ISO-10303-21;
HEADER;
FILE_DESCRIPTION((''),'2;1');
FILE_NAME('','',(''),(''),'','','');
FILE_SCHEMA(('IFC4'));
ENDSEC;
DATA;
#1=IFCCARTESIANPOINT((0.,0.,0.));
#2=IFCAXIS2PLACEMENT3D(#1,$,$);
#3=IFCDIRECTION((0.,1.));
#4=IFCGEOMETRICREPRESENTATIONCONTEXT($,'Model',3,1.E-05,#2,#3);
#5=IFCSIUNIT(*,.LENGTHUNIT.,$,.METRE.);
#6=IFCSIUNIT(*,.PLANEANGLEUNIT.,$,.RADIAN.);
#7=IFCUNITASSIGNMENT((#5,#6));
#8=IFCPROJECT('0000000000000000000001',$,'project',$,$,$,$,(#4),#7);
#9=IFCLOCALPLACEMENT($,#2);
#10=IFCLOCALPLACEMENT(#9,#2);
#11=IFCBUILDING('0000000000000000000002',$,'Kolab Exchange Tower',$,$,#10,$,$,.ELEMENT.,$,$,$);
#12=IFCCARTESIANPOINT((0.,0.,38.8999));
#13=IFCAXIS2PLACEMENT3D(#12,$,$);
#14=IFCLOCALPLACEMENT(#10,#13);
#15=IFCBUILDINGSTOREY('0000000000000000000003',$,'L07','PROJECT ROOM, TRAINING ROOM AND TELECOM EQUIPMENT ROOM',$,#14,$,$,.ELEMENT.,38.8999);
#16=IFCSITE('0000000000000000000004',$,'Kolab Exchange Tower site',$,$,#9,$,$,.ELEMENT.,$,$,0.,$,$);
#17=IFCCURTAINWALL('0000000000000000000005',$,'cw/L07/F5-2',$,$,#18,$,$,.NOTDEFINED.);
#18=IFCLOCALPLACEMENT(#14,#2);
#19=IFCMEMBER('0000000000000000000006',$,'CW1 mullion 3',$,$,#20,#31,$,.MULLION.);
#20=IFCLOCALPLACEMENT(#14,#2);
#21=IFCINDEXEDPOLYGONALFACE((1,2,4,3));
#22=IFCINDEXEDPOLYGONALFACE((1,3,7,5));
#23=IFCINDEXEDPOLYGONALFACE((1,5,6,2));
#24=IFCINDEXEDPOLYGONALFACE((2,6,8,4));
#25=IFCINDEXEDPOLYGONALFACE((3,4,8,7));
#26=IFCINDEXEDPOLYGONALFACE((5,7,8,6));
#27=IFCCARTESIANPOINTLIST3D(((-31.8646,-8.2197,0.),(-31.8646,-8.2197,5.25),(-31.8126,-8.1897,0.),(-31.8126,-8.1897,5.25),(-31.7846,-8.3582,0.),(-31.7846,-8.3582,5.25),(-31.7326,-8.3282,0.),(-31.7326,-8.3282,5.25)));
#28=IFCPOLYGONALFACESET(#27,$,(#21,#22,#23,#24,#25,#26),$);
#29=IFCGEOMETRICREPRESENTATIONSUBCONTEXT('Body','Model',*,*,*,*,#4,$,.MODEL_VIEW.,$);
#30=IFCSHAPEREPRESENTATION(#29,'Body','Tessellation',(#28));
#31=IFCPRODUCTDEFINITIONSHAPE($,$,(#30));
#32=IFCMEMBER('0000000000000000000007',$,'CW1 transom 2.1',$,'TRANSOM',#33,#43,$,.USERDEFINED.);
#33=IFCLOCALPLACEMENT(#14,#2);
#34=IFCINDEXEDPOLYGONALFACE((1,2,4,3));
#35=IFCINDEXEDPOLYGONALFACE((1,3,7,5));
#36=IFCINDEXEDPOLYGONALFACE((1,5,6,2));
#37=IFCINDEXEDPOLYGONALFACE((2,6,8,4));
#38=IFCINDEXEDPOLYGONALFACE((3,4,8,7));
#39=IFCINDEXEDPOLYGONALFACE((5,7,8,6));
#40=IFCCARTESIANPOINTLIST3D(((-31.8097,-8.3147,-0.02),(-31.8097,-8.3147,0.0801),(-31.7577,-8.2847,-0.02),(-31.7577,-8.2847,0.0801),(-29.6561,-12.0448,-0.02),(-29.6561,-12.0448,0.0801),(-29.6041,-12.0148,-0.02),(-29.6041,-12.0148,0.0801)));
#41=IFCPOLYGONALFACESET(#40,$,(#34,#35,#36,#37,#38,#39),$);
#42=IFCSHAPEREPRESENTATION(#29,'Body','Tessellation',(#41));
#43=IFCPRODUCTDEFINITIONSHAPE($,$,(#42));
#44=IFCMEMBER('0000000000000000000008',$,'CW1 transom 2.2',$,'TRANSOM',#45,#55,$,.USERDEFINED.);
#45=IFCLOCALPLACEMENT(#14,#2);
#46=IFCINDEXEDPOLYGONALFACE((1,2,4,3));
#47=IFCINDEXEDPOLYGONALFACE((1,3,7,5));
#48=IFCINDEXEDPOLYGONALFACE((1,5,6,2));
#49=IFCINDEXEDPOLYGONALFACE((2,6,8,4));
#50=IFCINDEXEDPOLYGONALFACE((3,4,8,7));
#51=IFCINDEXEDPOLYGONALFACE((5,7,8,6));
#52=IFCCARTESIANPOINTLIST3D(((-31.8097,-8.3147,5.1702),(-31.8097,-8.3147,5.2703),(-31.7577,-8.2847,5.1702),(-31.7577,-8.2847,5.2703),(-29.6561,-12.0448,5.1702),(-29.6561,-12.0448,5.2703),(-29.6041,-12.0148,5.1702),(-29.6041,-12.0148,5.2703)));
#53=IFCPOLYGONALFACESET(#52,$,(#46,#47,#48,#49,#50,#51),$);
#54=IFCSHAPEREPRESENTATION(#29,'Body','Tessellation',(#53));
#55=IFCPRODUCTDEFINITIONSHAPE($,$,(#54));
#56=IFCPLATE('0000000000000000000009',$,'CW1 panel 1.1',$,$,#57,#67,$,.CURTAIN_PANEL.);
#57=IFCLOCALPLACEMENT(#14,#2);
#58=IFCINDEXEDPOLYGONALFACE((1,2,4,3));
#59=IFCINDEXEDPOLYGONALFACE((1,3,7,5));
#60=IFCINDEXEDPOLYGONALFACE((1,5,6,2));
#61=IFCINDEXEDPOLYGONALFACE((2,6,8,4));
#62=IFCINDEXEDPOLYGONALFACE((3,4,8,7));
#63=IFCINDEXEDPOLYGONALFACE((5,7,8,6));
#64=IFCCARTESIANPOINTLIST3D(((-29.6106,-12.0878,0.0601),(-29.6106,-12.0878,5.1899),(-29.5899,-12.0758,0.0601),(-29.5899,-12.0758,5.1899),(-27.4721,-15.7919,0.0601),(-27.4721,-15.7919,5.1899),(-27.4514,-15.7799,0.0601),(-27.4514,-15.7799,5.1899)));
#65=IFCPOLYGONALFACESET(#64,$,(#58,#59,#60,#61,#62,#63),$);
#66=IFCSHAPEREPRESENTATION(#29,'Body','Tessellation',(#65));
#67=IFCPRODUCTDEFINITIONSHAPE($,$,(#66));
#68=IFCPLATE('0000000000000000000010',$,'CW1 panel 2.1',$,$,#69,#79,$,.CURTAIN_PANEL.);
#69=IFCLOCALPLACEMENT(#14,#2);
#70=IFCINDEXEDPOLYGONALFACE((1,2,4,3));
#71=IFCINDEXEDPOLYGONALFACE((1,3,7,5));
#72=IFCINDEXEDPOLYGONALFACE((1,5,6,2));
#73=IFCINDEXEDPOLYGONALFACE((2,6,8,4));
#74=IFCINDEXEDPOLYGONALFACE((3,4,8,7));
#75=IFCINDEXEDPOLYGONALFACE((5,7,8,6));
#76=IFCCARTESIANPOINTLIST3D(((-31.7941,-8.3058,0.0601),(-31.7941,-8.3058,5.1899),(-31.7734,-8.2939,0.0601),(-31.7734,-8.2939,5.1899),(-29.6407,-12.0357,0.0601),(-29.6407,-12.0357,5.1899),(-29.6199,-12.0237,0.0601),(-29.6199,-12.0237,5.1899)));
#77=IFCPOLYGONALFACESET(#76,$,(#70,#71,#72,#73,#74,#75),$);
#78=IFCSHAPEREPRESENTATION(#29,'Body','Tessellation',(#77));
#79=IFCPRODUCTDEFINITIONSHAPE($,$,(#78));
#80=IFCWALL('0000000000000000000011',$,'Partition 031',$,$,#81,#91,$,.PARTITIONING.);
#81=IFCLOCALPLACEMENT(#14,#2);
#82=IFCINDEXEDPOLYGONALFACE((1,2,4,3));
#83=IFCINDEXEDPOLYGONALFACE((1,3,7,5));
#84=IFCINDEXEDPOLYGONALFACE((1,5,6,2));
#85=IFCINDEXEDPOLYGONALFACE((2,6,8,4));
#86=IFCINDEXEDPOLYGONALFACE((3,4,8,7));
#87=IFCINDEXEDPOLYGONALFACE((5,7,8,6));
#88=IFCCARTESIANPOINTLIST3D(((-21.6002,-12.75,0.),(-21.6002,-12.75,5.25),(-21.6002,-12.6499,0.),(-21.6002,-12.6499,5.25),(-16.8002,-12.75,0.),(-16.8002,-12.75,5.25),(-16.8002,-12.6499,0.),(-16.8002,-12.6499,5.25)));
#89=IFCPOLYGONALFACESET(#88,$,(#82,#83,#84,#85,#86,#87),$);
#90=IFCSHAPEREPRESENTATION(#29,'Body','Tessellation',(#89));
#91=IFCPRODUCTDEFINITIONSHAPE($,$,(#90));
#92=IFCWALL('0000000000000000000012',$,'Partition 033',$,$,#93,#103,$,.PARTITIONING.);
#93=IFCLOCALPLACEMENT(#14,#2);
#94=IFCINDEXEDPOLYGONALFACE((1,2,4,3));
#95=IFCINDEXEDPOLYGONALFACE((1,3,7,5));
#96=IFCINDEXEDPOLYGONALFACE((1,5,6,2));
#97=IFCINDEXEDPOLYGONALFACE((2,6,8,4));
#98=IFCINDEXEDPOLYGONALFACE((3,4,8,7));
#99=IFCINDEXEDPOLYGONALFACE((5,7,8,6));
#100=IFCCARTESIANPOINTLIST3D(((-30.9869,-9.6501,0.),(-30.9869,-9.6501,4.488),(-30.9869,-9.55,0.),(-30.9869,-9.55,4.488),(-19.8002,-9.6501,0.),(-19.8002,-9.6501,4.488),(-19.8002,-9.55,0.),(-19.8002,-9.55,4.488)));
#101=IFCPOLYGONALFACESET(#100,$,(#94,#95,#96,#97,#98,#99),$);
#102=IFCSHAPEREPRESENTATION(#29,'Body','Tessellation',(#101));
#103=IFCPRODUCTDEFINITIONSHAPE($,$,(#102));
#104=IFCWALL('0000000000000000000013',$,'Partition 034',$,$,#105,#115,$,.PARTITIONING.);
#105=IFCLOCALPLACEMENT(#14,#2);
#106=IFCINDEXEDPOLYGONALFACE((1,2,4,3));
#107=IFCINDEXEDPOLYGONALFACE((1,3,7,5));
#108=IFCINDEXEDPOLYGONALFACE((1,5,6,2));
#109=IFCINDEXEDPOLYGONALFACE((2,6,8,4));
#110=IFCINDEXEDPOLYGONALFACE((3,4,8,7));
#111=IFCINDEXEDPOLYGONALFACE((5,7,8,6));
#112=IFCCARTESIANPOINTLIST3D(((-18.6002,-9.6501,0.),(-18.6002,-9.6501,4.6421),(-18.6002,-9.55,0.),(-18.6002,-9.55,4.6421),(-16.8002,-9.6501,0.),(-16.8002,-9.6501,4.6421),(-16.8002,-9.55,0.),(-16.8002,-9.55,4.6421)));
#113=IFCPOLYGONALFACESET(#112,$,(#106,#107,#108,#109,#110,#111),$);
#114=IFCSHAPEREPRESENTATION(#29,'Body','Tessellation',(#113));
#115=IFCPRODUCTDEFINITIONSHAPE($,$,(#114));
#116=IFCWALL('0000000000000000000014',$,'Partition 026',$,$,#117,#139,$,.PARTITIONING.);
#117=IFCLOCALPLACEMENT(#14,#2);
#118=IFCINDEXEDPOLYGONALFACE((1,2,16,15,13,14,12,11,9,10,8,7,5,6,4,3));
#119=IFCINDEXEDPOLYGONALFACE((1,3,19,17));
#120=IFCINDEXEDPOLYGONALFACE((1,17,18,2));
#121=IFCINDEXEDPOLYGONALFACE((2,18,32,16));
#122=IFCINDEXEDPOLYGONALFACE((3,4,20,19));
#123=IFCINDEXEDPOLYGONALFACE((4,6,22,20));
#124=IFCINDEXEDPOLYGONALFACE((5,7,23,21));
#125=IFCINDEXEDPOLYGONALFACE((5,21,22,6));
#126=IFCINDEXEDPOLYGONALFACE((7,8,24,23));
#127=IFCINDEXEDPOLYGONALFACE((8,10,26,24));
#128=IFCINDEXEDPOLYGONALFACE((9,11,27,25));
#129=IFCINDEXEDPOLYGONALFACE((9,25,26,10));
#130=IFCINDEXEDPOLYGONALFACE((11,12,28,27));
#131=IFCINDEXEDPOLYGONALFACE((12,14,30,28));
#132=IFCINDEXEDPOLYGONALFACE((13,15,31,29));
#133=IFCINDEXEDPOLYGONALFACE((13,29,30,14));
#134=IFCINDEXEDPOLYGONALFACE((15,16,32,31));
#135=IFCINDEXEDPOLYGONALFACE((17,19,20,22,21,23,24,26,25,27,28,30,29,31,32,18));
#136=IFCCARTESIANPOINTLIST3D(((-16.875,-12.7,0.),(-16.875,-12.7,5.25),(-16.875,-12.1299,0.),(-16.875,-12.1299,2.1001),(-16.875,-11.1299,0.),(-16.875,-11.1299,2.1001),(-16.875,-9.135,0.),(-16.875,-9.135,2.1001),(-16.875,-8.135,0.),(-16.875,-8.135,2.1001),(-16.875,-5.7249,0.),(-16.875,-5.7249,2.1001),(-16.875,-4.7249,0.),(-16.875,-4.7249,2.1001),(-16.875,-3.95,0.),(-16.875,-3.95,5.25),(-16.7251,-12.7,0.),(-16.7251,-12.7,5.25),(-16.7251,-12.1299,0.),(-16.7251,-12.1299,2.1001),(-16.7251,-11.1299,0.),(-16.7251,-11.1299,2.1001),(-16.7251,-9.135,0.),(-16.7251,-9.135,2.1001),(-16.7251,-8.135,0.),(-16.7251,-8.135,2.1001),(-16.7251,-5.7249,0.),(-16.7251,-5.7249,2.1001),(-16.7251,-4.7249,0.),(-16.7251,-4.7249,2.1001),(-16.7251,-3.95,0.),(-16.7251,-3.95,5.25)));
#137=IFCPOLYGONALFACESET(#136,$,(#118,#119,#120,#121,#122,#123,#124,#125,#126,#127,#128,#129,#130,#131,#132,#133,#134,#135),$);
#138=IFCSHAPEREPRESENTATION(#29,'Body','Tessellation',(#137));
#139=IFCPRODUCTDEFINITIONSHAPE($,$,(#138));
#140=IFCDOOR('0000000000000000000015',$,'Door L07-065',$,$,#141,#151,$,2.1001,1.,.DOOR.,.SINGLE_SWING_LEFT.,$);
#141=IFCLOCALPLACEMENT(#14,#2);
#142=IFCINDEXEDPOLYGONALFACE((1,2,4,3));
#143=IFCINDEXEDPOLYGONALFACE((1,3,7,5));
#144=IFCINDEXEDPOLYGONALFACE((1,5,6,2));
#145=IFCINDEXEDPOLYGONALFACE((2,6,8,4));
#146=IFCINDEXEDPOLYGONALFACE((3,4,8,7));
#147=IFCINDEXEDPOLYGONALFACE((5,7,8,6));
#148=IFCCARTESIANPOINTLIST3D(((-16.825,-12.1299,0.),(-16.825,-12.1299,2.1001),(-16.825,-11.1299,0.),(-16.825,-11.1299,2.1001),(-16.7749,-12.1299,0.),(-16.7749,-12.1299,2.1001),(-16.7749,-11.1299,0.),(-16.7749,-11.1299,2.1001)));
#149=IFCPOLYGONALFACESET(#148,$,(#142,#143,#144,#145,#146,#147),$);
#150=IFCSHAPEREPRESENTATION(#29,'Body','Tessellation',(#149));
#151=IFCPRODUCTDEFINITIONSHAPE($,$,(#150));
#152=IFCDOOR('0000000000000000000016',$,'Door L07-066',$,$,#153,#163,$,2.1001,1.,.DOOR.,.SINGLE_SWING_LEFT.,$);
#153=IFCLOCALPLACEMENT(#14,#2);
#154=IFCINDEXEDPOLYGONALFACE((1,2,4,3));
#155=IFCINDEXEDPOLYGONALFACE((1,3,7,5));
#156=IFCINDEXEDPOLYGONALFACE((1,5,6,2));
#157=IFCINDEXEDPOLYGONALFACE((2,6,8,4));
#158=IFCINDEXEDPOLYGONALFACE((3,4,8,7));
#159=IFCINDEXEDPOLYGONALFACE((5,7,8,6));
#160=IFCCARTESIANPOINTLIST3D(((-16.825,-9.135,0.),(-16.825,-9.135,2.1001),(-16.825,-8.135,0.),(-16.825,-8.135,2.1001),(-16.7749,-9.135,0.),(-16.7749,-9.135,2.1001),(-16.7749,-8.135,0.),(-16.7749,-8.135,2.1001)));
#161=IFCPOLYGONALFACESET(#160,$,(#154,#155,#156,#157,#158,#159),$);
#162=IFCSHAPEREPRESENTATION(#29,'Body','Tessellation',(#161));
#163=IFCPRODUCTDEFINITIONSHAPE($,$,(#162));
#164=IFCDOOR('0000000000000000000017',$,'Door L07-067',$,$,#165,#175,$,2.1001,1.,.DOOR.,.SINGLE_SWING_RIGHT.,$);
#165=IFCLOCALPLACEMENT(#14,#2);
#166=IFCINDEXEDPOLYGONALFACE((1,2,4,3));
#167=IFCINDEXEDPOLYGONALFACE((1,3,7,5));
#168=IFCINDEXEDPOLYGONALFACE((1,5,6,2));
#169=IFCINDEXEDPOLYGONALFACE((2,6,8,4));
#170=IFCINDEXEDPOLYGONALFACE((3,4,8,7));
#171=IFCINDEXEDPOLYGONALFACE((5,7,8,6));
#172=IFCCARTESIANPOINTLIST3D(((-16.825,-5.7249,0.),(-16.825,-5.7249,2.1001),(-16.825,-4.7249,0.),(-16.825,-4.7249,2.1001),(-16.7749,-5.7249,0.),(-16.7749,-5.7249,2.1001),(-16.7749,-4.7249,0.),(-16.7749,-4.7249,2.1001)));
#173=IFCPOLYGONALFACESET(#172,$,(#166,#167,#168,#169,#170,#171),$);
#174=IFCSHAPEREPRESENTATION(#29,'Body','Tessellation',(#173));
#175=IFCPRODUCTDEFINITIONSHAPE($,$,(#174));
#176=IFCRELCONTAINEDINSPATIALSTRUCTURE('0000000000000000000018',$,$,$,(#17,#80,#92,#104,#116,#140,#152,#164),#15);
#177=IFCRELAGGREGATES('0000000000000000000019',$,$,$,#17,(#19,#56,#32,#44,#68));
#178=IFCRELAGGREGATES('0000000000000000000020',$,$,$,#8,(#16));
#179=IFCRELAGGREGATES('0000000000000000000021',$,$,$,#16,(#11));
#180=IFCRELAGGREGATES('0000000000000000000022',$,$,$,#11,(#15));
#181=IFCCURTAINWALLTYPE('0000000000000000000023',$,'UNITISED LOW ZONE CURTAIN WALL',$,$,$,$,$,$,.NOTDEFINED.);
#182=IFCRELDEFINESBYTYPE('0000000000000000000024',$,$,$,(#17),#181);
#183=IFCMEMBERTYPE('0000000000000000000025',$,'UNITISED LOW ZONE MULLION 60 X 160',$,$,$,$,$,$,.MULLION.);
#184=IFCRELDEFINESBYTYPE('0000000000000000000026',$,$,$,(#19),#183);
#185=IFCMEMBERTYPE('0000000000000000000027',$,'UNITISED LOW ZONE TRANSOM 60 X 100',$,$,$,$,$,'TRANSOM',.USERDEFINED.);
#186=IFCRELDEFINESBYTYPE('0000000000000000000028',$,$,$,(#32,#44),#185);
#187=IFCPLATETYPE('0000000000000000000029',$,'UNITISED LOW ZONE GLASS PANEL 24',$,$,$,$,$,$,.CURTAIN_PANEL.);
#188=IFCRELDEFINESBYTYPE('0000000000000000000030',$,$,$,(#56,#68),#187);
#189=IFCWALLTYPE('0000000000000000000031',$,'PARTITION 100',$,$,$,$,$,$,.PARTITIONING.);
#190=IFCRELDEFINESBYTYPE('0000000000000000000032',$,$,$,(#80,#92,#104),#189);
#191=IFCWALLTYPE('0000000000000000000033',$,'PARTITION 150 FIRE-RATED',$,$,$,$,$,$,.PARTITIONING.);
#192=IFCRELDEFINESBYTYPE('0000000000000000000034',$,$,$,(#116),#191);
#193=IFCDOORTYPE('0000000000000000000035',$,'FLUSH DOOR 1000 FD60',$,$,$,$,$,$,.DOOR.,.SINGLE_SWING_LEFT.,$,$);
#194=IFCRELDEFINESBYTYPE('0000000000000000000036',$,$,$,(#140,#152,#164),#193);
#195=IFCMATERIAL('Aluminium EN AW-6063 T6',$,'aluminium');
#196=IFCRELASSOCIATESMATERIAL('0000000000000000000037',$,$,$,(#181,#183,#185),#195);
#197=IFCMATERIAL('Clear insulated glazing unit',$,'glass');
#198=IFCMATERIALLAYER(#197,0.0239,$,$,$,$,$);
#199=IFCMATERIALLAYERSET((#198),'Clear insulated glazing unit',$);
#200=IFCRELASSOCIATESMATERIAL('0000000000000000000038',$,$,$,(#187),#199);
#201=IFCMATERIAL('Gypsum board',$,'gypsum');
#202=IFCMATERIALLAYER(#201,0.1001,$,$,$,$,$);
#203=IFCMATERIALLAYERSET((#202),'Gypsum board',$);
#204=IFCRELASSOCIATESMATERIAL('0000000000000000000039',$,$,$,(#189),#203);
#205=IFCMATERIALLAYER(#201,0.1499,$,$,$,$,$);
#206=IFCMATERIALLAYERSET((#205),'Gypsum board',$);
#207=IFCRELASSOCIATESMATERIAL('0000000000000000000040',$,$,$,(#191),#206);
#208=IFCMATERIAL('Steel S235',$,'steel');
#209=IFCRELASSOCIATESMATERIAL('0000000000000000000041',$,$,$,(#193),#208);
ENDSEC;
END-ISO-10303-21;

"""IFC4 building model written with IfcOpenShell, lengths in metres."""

from ifc_helpers import new_model, si_unit, direction, frame, frame_2d, origin, origin_2d, place, context, subcontext, project, spatial, rectangle, extrude, material, layer, layer_set, material_profile, profile_set, type_object, element, fill, aggregate, save


model = new_model("IFC4")

# Units and contexts
model_context = context("Model", 3, precision=1e-05, world=origin(), true_north=direction((0.0, 1.0)))
body_context = subcontext(model_context, "Body", "Model", "MODEL_VIEW")
ifc_project = project(units=[si_unit("LENGTHUNIT", "METRE"), si_unit("PLANEANGLEUNIT", "RADIAN")], contexts=[model_context])

# Site, building, storey
site_placement = place(None, origin())
site = spatial("IfcSite", under=ifc_project, at=site_placement, Name="Kolab Exchange Tower site", CompositionType="ELEMENT", RefElevation=0.0)
building_placement = place(site_placement, origin())
building = spatial("IfcBuilding", under=site, at=building_placement, Name="Kolab Exchange Tower", CompositionType="ELEMENT")
storey_placement = place(building_placement, frame((0.0, 0.0, 38.8999)))
storey = spatial("IfcBuildingStorey", under=building, at=storey_placement, Name="L07", Description="PROJECT ROOM, TRAINING ROOM AND TELECOM EQUIPMENT ROOM", CompositionType="ELEMENT", Elevation=38.8999)

# Curtain wall, members, plates
ifc_material_1 = material(Name="Aluminium EN AW-6063 T6", Category="aluminium")
curtain_wall_type = type_object("IfcCurtainWallType", Name="UNITISED LOW ZONE CURTAIN WALL", PredefinedType="NOTDEFINED", material=ifc_material_1)
curtain_wall_placement = place(storey_placement, origin())
curtain_wall = element("IfcCurtainWall", 1, at=curtain_wall_placement, inside=storey, type_object=curtain_wall_type, Name="cw/L07/F5-2", PredefinedType="NOTDEFINED")
ifc_material_profile_1 = material_profile(ifc_material_1, rectangle(XDim=0.0601, YDim=0.1599, at=origin_2d()), Name="RECT 60X160")
ifc_profile_set_1 = profile_set([ifc_material_profile_1], Name="Aluminium EN AW-6063 T6")
member_type_1 = type_object("IfcMemberType", Name="UNITISED LOW ZONE MULLION 60 X 160", PredefinedType="MULLION", material=ifc_profile_set_1)
member_1_placement = place(storey_placement, frame((-31.7986, -8.2739, 0.0), z_axis=(0.0, 0.0, 1.0), x_axis=(-0.866025, -0.5, 0.0)))
member_1 = element("IfcMember", 2, at=member_1_placement, type_object=member_type_1, Name="CW1 mullion 3", PredefinedType="MULLION", context=body_context, shape_type="SweptSolid", body=[
    extrude(rectangle(XDim=0.0601, YDim=0.1599, at=origin_2d()), origin(), (0.0, 0.0, 1.0), 5.25),
])
ifc_material_profile_2 = material_profile(ifc_material_1, rectangle(XDim=0.0601, YDim=0.1001, at=origin_2d()), Name="RECT 60X100")
ifc_profile_set_2 = profile_set([ifc_material_profile_2], Name="Aluminium EN AW-6063 T6")
member_type_2 = type_object("IfcMemberType", Name="UNITISED LOW ZONE TRANSOM 60 X 100", ElementType="TRANSOM", PredefinedType="USERDEFINED", material=ifc_profile_set_2)
member_2_placement = place(storey_placement, frame((-29.6301, -12.0298, 0.03), z_axis=(-0.50001, 0.866019, 0.0), x_axis=(-0.866019, -0.50001, 0.0)))
member_2 = element("IfcMember", 3, at=member_2_placement, type_object=member_type_2, Name="CW1 transom 2.1", ObjectType="TRANSOM", PredefinedType="USERDEFINED", context=body_context, shape_type="SweptSolid", body=[
    extrude(rectangle(XDim=0.0601, YDim=0.1001, at=origin_2d()), origin(), (0.0, 0.0, 1.0), 4.3071),
])
member_3_placement = place(storey_placement, frame((-29.6301, -12.0298, 5.2202), z_axis=(-0.50001, 0.866019, 0.0), x_axis=(-0.866019, -0.50001, 0.0)))
member_3 = element("IfcMember", 4, at=member_3_placement, type_object=member_type_2, Name="CW1 transom 2.2", ObjectType="TRANSOM", PredefinedType="USERDEFINED", context=body_context, shape_type="SweptSolid", body=[
    extrude(rectangle(XDim=0.0601, YDim=0.1001, at=origin_2d()), origin(), (0.0, 0.0, 1.0), 4.3071),
])
ifc_material_2 = material(Name="Clear insulated glazing unit", Category="glass")
ifc_layer_1 = layer(ifc_material_2, 0.0239)
ifc_layer_set_1 = layer_set([ifc_layer_1], Name="Clear insulated glazing unit")
plate_type = type_object("IfcPlateType", Name="UNITISED LOW ZONE GLASS PANEL 24", PredefinedType="CURTAIN_PANEL", material=ifc_layer_set_1)
plate_1_placement = place(storey_placement, frame((-28.531, -13.9338, 0.0601), z_axis=(0.0, 0.0, 1.0), x_axis=(-0.5, 0.866025, 0.0)))
plate_1 = element("IfcPlate", 5, at=plate_1_placement, type_object=plate_type, Name="CW1 panel 1.1", PredefinedType="CURTAIN_PANEL", context=body_context, shape_type="SweptSolid", body=[
    extrude(rectangle(XDim=4.2771, YDim=0.0239, at=origin_2d()), origin(), (0.0, 0.0, 1.0), 5.1299),
])
plate_2_placement = place(storey_placement, frame((-30.707, -10.1648, 0.0601), z_axis=(0.0, 0.0, 1.0), x_axis=(-0.5, 0.866025, 0.0)))
plate_2 = element("IfcPlate", 6, at=plate_2_placement, type_object=plate_type, Name="CW1 panel 2.1", PredefinedType="CURTAIN_PANEL", context=body_context, shape_type="SweptSolid", body=[
    extrude(rectangle(XDim=4.3069, YDim=0.0239, at=origin_2d()), origin(), (0.0, 0.0, 1.0), 5.1299),
])
aggregate(curtain_wall, [member_1, plate_1, member_2, member_3, plate_2])

# Walls
ifc_material_3 = material(Name="Gypsum board", Category="gypsum")
ifc_layer_2 = layer(ifc_material_3, 0.1001)
ifc_layer_set_2 = layer_set([ifc_layer_2], Name="Gypsum board")
wall_type_1 = type_object("IfcWallType", Name="PARTITION 100", PredefinedType="PARTITIONING", material=ifc_layer_set_2)
wall_1_placement = place(storey_placement, frame((-21.6001, -12.7, 0.0), z_axis=(0.0, 0.0, 1.0), x_axis=(1.0, 0.0, 0.0)))
element("IfcWall", 7, at=wall_1_placement, inside=storey, type_object=wall_type_1, Name="Partition 031", PredefinedType="PARTITIONING", context=body_context, shape_type="SweptSolid", body=[
    extrude(rectangle(XDim=4.8, YDim=0.1001, at=frame_2d((2.3999, 0.0))), origin(), (0.0, 0.0, 1.0), 5.25),
])
wall_2_placement = place(storey_placement, frame((-30.9868, -9.6001, 0.0), z_axis=(0.0, 0.0, 1.0), x_axis=(1.0, 0.0, 0.0)))
element("IfcWall", 8, at=wall_2_placement, inside=storey, type_object=wall_type_1, Name="Partition 033", PredefinedType="PARTITIONING", context=body_context, shape_type="SweptSolid", body=[
    extrude(rectangle(XDim=11.1868, YDim=0.1001, at=frame_2d((5.5933, 0.0))), origin(), (0.0, 0.0, 1.0), 4.488),
])
wall_3_placement = place(storey_placement, frame((-18.6001, -9.6001, 0.0), z_axis=(0.0, 0.0, 1.0), x_axis=(1.0, 0.0, 0.0)))
element("IfcWall", 9, at=wall_3_placement, inside=storey, type_object=wall_type_1, Name="Partition 034", PredefinedType="PARTITIONING", context=body_context, shape_type="SweptSolid", body=[
    extrude(rectangle(XDim=1.8, YDim=0.1001, at=frame_2d((0.8999, 0.0))), origin(), (0.0, 0.0, 1.0), 4.6421),
])

# Wall, openings, doors
ifc_layer_3 = layer(ifc_material_3, 0.1499)
ifc_layer_set_3 = layer_set([ifc_layer_3], Name="Gypsum board")
wall_type_2 = type_object("IfcWallType", Name="PARTITION 150 FIRE-RATED", PredefinedType="PARTITIONING", material=ifc_layer_set_3)
wall_4_placement = place(storey_placement, frame((-16.8, -12.7, 0.0), z_axis=(0.0, 0.0, 1.0), x_axis=(0.0, 1.0, 0.0)))
wall_4 = element("IfcWall", 10, at=wall_4_placement, inside=storey, type_object=wall_type_2, Name="Partition 026", PredefinedType="PARTITIONING", context=body_context, shape_type="SweptSolid", body=[
    extrude(rectangle(XDim=8.75, YDim=0.1499, at=frame_2d((4.375, 0.0))), origin(), (0.0, 0.0, 1.0), 5.25),
])
opening_1_placement = place(wall_4_placement, frame((0.5701, 0.0, 0.0)))
opening_1 = element("IfcOpeningElement", 11, at=opening_1_placement, cuts=wall_4, PredefinedType="OPENING", context=body_context, shape_type="SweptSolid", body=[
    extrude(rectangle(XDim=1.0, YDim=2.1001, at=frame_2d((0.5, 1.05))), frame((0.0, 0.085, 0.0), z_axis=(0.0, -1.0, 0.0), x_axis=(1.0, 0.0, 0.0)), (0.0, 0.0, 1.0), 0.1699),
])
opening_2_placement = place(wall_4_placement, frame((3.5649, 0.0, 0.0)))
opening_2 = element("IfcOpeningElement", 12, at=opening_2_placement, cuts=wall_4, PredefinedType="OPENING", context=body_context, shape_type="SweptSolid", body=[
    extrude(rectangle(XDim=1.0, YDim=2.1001, at=frame_2d((0.5, 1.05))), frame((0.0, 0.085, 0.0), z_axis=(0.0, -1.0, 0.0), x_axis=(1.0, 0.0, 0.0)), (0.0, 0.0, 1.0), 0.1699),
])
opening_3_placement = place(wall_4_placement, frame((6.9751, 0.0, 0.0)))
opening_3 = element("IfcOpeningElement", 13, at=opening_3_placement, cuts=wall_4, PredefinedType="OPENING", context=body_context, shape_type="SweptSolid", body=[
    extrude(rectangle(XDim=1.0, YDim=2.1001, at=frame_2d((0.5, 1.05))), frame((0.0, 0.085, 0.0), z_axis=(0.0, -1.0, 0.0), x_axis=(1.0, 0.0, 0.0)), (0.0, 0.0, 1.0), 0.1699),
])
ifc_material_4 = material(Name="Steel S235", Category="steel")
door_type = type_object("IfcDoorType", Name="FLUSH DOOR 1000 FD60", OperationType="SINGLE_SWING_LEFT", PredefinedType="DOOR", material=ifc_material_4)
door_1_placement = place(opening_1_placement, origin())
door_1 = element("IfcDoor", 14, at=door_1_placement, inside=storey, type_object=door_type, Name="Door L07-065", OperationType="SINGLE_SWING_LEFT", OverallHeight=2.1001, OverallWidth=1.0, PredefinedType="DOOR", context=body_context, shape_type="SweptSolid", body=[
    extrude(rectangle(XDim=1.0, YDim=2.1001, at=frame_2d((0.5, 1.05))), frame((0.0, 0.0249, 0.0), z_axis=(0.0, -1.0, 0.0), x_axis=(1.0, 0.0, 0.0)), (0.0, 0.0, 1.0), 0.05),
])
fill(opening_1, door_1)
door_2_placement = place(opening_2_placement, origin())
door_2 = element("IfcDoor", 15, at=door_2_placement, inside=storey, type_object=door_type, Name="Door L07-066", OperationType="SINGLE_SWING_LEFT", OverallHeight=2.1001, OverallWidth=1.0, PredefinedType="DOOR", context=body_context, shape_type="SweptSolid", body=[
    extrude(rectangle(XDim=1.0, YDim=2.1001, at=frame_2d((0.5, 1.05))), frame((0.0, 0.0249, 0.0), z_axis=(0.0, -1.0, 0.0), x_axis=(1.0, 0.0, 0.0)), (0.0, 0.0, 1.0), 0.05),
])
fill(opening_2, door_2)
door_3_placement = place(opening_3_placement, origin())
door_3 = element("IfcDoor", 16, at=door_3_placement, inside=storey, type_object=door_type, Name="Door L07-067", OperationType="SINGLE_SWING_RIGHT", OverallHeight=2.1001, OverallWidth=1.0, PredefinedType="DOOR", context=body_context, shape_type="SweptSolid", body=[
    extrude(rectangle(XDim=1.0, YDim=2.1001, at=frame_2d((0.5, 1.05))), frame((0.0, 0.0249, 0.0), z_axis=(0.0, -1.0, 0.0), x_axis=(1.0, 0.0, 0.0)), (0.0, 0.0, 1.0), 0.05),
])
fill(opening_3, door_3)

save(model, "model.ifc")
